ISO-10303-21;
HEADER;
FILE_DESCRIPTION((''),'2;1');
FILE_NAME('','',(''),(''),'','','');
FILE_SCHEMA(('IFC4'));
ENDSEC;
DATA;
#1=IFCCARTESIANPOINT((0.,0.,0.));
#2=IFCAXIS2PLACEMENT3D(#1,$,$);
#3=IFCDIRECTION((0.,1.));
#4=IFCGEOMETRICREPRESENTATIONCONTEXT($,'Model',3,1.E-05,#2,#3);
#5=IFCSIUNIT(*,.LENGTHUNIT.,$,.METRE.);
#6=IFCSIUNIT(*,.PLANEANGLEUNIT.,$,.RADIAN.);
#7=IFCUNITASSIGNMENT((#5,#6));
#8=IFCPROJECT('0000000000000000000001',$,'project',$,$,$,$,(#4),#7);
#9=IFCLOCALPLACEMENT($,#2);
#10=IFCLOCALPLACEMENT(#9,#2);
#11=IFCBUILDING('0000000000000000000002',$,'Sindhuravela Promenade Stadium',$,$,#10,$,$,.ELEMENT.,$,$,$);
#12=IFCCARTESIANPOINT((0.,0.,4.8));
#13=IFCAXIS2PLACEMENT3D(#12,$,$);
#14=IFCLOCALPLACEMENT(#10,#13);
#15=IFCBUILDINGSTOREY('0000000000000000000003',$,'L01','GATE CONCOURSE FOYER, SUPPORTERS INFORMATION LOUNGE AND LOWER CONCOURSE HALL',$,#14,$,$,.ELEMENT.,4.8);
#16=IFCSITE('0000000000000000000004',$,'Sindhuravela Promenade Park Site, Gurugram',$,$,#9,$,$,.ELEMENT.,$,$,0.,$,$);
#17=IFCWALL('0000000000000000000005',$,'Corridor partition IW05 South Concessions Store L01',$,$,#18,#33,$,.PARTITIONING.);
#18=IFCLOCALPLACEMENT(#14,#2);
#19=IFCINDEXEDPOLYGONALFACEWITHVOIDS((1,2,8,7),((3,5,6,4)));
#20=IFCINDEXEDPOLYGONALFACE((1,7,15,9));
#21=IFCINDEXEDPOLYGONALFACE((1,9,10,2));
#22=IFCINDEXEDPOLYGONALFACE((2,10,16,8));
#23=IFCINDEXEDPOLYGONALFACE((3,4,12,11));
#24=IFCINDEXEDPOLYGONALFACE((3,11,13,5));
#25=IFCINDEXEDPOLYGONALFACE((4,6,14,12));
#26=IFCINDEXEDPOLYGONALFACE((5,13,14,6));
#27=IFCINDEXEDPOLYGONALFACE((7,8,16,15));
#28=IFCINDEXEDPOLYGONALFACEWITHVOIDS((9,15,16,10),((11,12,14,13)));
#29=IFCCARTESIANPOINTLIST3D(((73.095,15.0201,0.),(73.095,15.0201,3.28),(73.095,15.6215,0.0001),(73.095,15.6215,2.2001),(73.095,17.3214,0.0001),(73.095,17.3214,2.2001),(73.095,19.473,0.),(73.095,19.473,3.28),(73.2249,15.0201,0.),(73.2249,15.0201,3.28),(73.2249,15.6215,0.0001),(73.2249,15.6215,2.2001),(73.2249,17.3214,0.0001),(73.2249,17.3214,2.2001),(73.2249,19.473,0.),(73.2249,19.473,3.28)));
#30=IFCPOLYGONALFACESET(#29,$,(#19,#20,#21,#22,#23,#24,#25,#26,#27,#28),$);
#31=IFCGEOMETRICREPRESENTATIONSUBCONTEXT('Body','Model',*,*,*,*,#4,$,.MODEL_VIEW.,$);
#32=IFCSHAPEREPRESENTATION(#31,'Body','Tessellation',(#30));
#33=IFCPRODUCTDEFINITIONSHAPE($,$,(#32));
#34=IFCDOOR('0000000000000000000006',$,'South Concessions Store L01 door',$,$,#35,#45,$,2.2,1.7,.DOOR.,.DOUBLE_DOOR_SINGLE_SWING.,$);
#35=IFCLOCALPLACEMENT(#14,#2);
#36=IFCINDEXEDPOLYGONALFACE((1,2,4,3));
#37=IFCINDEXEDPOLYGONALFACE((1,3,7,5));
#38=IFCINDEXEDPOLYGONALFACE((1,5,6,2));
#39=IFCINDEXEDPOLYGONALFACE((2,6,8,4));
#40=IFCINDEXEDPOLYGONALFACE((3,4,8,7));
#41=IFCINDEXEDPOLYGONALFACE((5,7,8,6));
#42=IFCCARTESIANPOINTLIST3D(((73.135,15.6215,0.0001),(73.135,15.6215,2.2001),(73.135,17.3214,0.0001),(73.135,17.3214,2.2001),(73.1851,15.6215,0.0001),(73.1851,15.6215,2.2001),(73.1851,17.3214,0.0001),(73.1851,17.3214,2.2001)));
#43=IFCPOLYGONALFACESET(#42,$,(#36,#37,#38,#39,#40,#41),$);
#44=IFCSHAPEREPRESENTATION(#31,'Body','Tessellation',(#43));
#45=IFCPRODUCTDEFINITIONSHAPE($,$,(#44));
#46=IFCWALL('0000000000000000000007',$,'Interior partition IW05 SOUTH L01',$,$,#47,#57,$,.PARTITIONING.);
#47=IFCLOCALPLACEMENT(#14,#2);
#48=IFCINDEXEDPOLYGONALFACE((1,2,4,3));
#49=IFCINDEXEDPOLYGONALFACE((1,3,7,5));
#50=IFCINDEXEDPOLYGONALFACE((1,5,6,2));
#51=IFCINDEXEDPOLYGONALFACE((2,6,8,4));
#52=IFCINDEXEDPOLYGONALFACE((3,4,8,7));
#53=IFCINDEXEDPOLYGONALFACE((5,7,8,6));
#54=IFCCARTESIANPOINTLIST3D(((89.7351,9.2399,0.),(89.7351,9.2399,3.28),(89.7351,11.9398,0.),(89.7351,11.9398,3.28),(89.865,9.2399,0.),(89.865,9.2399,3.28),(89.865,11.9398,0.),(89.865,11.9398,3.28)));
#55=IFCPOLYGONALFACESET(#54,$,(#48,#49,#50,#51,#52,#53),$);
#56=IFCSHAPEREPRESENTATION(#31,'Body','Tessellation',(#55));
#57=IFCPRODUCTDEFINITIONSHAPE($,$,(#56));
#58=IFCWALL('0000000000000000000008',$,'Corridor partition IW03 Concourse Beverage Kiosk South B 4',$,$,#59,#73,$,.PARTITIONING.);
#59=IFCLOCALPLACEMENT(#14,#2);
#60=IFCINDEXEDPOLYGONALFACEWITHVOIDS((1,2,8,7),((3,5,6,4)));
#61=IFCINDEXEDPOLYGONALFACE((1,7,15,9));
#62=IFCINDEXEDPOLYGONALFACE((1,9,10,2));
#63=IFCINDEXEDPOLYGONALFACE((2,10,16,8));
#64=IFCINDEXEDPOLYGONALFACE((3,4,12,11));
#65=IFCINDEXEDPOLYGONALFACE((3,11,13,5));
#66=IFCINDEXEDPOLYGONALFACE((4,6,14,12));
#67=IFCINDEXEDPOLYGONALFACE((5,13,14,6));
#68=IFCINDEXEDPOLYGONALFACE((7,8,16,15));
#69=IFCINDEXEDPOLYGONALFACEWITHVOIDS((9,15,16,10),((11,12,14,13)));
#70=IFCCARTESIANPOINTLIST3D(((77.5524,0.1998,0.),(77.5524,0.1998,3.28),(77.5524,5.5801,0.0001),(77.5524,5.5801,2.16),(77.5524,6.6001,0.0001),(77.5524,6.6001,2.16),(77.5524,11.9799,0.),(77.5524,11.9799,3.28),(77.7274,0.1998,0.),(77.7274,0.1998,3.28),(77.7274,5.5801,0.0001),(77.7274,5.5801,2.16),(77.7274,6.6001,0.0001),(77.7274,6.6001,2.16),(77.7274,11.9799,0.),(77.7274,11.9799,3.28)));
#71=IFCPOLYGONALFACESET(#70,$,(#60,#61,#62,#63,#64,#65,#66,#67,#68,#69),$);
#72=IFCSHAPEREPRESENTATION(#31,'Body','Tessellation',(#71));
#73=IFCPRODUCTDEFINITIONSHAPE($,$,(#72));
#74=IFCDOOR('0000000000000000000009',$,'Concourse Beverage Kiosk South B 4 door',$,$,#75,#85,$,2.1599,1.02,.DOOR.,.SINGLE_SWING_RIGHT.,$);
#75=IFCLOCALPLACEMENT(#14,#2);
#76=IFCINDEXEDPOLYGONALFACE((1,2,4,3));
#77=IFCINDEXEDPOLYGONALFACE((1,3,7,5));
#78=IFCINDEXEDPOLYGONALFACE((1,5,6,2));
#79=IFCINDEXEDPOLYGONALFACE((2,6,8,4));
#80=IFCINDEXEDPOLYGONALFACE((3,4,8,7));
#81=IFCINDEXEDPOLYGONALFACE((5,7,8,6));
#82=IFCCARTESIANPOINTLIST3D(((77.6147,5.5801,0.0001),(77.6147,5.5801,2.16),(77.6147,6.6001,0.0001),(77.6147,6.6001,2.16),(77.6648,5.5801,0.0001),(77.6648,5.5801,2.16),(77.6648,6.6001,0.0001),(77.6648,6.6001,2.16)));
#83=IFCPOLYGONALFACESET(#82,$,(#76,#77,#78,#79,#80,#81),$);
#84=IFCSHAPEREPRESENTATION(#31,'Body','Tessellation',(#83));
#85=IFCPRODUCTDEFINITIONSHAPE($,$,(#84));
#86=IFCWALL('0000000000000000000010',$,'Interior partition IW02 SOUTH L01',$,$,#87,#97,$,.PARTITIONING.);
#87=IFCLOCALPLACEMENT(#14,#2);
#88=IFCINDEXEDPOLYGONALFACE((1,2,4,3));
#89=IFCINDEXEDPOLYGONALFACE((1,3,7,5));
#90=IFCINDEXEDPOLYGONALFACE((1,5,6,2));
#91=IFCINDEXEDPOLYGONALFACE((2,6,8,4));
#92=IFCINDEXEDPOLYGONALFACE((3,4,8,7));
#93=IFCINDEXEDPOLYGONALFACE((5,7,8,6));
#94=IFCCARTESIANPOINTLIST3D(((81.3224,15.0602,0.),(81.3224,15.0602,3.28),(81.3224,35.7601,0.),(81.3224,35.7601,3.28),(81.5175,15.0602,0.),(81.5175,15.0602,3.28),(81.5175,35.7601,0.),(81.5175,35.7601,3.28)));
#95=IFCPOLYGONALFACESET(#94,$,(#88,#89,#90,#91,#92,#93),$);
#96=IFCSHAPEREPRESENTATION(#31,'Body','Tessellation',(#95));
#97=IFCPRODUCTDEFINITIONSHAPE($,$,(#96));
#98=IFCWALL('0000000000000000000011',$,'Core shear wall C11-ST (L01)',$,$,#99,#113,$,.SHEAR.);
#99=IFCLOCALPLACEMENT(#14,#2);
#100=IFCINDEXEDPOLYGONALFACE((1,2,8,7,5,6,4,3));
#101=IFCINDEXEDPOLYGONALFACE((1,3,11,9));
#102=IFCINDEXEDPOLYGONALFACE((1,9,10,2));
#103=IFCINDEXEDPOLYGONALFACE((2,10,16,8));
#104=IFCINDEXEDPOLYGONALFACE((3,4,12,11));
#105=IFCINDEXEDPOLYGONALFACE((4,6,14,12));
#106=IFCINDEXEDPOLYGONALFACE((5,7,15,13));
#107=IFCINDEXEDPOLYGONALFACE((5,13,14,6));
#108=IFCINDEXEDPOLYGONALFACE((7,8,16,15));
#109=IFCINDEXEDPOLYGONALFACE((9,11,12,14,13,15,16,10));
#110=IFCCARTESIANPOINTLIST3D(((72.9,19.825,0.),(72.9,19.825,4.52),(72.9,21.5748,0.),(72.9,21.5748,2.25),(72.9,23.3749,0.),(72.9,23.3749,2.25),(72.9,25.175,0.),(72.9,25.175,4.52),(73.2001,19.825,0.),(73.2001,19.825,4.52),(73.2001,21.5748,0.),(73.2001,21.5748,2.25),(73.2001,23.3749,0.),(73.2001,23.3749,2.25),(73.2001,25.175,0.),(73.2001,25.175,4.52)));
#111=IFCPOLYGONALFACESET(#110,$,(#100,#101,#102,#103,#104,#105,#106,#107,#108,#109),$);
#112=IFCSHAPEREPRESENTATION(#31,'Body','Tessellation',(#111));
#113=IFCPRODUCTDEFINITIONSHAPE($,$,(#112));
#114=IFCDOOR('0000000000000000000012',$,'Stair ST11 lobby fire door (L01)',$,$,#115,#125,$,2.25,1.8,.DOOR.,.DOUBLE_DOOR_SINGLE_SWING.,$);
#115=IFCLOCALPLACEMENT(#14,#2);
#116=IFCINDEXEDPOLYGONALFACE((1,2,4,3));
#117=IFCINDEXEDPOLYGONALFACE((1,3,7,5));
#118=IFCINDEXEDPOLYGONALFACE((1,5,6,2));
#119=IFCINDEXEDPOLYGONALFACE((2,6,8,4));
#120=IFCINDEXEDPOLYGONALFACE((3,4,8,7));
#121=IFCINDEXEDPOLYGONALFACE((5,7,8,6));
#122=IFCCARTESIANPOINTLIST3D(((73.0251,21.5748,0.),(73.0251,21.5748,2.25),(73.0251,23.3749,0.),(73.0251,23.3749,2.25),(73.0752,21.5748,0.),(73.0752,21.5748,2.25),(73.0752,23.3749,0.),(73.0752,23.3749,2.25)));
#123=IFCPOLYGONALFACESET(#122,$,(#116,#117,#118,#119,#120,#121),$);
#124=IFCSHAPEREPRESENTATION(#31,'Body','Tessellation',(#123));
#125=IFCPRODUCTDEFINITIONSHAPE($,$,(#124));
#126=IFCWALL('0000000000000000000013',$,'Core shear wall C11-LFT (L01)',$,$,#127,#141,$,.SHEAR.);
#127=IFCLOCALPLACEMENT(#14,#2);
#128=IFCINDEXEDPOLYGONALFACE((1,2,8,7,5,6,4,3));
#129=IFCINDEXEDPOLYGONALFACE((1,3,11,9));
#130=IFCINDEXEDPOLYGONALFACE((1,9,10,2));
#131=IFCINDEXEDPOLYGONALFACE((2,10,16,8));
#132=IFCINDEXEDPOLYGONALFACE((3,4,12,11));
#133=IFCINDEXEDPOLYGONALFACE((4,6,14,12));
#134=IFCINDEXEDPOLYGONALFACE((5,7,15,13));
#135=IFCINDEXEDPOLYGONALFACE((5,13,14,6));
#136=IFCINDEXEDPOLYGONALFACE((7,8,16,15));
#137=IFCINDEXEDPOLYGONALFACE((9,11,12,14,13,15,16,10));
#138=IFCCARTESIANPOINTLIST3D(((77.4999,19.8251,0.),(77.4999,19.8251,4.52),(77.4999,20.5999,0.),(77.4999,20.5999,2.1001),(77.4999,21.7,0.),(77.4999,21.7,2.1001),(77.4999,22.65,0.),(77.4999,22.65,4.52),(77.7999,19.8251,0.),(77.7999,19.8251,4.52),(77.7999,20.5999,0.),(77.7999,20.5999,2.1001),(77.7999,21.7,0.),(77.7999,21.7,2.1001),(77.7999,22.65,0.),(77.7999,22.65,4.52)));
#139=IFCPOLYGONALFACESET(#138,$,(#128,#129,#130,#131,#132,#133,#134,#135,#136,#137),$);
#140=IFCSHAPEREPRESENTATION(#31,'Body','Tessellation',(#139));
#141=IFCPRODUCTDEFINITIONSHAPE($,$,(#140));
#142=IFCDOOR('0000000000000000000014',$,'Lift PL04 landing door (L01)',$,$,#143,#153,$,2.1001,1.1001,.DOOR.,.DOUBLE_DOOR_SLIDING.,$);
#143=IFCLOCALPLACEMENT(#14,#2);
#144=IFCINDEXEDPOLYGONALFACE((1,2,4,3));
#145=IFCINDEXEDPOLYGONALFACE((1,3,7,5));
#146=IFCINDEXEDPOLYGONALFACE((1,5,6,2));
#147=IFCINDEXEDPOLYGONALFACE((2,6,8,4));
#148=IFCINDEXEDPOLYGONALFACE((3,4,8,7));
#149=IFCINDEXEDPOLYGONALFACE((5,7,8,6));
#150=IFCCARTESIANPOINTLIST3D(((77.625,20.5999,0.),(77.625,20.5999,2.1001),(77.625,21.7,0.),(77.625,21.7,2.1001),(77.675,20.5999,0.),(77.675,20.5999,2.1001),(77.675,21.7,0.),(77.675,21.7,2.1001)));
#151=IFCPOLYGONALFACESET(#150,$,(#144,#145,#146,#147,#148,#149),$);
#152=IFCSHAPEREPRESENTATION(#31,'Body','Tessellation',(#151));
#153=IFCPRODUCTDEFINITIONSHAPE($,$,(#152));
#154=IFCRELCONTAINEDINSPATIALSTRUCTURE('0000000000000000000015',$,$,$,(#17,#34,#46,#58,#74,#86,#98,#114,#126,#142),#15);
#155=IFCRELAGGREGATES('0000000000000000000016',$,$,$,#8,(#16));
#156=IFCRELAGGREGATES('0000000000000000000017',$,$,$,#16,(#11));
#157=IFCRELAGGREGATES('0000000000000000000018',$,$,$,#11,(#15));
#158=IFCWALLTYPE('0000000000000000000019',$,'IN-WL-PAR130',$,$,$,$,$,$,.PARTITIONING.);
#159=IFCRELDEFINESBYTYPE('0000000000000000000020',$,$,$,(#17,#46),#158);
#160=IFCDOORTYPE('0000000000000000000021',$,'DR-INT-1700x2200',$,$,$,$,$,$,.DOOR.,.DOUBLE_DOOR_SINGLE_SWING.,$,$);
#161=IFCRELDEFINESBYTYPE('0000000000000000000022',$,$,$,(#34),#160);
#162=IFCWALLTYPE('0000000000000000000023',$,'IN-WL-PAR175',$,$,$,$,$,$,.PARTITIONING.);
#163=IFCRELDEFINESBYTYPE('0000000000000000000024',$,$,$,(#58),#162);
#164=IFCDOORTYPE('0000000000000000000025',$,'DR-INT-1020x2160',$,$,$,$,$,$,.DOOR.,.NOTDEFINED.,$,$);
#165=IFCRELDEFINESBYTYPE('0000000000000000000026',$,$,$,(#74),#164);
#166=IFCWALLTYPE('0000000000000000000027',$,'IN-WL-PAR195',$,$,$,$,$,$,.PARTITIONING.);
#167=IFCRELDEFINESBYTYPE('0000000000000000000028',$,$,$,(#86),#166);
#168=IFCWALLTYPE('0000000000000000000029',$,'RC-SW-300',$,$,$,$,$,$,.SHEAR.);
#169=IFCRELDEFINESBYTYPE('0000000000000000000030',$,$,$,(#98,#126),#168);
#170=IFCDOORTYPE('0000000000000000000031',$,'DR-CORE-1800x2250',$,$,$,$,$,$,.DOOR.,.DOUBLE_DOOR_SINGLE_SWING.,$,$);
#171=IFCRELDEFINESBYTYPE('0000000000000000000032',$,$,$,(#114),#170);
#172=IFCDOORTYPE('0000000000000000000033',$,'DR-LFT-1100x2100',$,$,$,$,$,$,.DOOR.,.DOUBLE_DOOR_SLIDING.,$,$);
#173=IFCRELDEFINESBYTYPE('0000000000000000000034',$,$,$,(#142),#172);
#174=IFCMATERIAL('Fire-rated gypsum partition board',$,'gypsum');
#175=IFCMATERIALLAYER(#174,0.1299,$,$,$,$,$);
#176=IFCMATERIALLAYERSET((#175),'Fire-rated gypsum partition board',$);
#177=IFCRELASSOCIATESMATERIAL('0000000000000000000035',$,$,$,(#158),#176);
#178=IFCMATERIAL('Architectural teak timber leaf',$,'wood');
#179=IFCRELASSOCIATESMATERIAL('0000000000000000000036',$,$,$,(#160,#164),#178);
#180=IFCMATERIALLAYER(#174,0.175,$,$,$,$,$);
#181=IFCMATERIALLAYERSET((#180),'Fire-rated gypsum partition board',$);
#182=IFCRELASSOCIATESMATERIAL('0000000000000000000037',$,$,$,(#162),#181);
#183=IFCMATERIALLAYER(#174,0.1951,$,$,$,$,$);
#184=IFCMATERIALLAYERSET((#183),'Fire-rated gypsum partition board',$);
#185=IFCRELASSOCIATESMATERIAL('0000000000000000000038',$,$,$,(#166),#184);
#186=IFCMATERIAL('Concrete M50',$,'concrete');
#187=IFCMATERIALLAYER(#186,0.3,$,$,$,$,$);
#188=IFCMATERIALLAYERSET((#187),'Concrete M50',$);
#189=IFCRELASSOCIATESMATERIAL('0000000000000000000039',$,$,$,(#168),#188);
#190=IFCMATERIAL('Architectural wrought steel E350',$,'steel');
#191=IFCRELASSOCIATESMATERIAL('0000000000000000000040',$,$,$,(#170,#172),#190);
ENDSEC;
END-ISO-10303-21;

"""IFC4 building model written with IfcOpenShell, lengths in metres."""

from ifc_helpers import new_model, si_unit, direction, frame, frame_2d, origin, place, context, subcontext, project, spatial, rectangle, extrude, material, layer, layer_set, type_object, element, fill, save


model = new_model("IFC4")

# Units and contexts
model_context = context("Model", 3, precision=1e-05, world=origin(), true_north=direction((0.0, 1.0)))
body_context = subcontext(model_context, "Body", "Model", "MODEL_VIEW")
ifc_project = project(units=[si_unit("LENGTHUNIT", "METRE"), si_unit("PLANEANGLEUNIT", "RADIAN")], contexts=[model_context])

# Site, building, storey
site_placement = place(None, origin())
site = spatial("IfcSite", under=ifc_project, at=site_placement, Name="Sindhuravela Promenade Park Site, Gurugram", CompositionType="ELEMENT", RefElevation=0.0)
building_placement = place(site_placement, origin())
building = spatial("IfcBuilding", under=site, at=building_placement, Name="Sindhuravela Promenade Stadium", CompositionType="ELEMENT")
storey_placement = place(building_placement, frame((0.0, 0.0, 4.8)))
storey = spatial("IfcBuildingStorey", under=building, at=storey_placement, Name="L01", Description="GATE CONCOURSE FOYER, SUPPORTERS INFORMATION LOUNGE AND LOWER CONCOURSE HALL", CompositionType="ELEMENT", Elevation=4.8)

# Shared definitions
ifc_material_1 = material(Name="Fire-rated gypsum partition board", Category="gypsum")

# Wall, opening, door
ifc_layer_1 = layer(ifc_material_1, 0.1299)
ifc_layer_set_1 = layer_set([ifc_layer_1], Name="Fire-rated gypsum partition board")
wall_type_1 = type_object("IfcWallType", Name="IN-WL-PAR130", PredefinedType="PARTITIONING", material=ifc_layer_set_1)
wall_1_placement = place(storey_placement, frame((73.1599, 15.02, 0.0), z_axis=(0.0, 0.0, 1.0), x_axis=(0.0, 1.0, 0.0)))
wall_1 = element("IfcWall", 1, at=wall_1_placement, inside=storey, type_object=wall_type_1, Name="Corridor partition IW05 South Concessions Store L01", PredefinedType="PARTITIONING", context=body_context, shape_type="SweptSolid", body=[
    extrude(rectangle(XDim=4.4529, YDim=0.1299, at=frame_2d((2.2266, 0.0))), origin(), (0.0, 0.0, 1.0), 3.28),
])
opening_1_placement = place(wall_1_placement, frame((0.6013, 0.0, 0.0)))
opening_1 = element("IfcOpeningElement", 2, at=opening_1_placement, cuts=wall_1, PredefinedType="OPENING", context=body_context, shape_type="SweptSolid", body=[
    extrude(rectangle(XDim=1.7, YDim=2.2, at=frame_2d((0.8501, 1.1001))), frame((0.0, 0.075, 0.0), z_axis=(0.0, -1.0, 0.0), x_axis=(1.0, 0.0, 0.0)), (0.0, 0.0, 1.0), 0.1499),
])
ifc_material_2 = material(Name="Architectural teak timber leaf", Category="wood")
door_type_1 = type_object("IfcDoorType", Name="DR-INT-1700x2200", OperationType="DOUBLE_DOOR_SINGLE_SWING", PredefinedType="DOOR", material=ifc_material_2)
door_1_placement = place(opening_1_placement, origin())
door_1 = element("IfcDoor", 3, at=door_1_placement, inside=storey, type_object=door_type_1, Name="South Concessions Store L01 door", OperationType="DOUBLE_DOOR_SINGLE_SWING", OverallHeight=2.2, OverallWidth=1.7, PredefinedType="DOOR", context=body_context, shape_type="SweptSolid", body=[
    extrude(rectangle(XDim=1.7, YDim=2.2, at=frame_2d((0.8501, 1.1001))), frame((0.0, 0.0249, 0.0), z_axis=(0.0, -1.0, 0.0), x_axis=(1.0, 0.0, 0.0)), (0.0, 0.0, 1.0), 0.05),
])
fill(opening_1, door_1)

# Wall
wall_2_placement = place(storey_placement, frame((89.8, 11.9399, 0.0), z_axis=(0.0, 0.0, 1.0), x_axis=(0.0, -1.0, 0.0)))
element("IfcWall", 4, at=wall_2_placement, inside=storey, type_object=wall_type_1, Name="Interior partition IW05 SOUTH L01", PredefinedType="PARTITIONING", context=body_context, shape_type="SweptSolid", body=[
    extrude(rectangle(XDim=2.7, YDim=0.1299, at=frame_2d((1.3501, 0.0))), origin(), (0.0, 0.0, 1.0), 3.28),
])

# Wall, opening, door
ifc_layer_2 = layer(ifc_material_1, 0.175)
ifc_layer_set_2 = layer_set([ifc_layer_2], Name="Fire-rated gypsum partition board")
wall_type_2 = type_object("IfcWallType", Name="IN-WL-PAR175", PredefinedType="PARTITIONING", material=ifc_layer_set_2)
wall_3_placement = place(storey_placement, frame((77.6399, 11.98, 0.0), z_axis=(0.0, 0.0, 1.0), x_axis=(0.0, -1.0, 0.0)))
wall_3 = element("IfcWall", 5, at=wall_3_placement, inside=storey, type_object=wall_type_2, Name="Corridor partition IW03 Concourse Beverage Kiosk South B 4", PredefinedType="PARTITIONING", context=body_context, shape_type="SweptSolid", body=[
    extrude(rectangle(XDim=11.78, YDim=0.175, at=frame_2d((5.8901, 0.0))), origin(), (0.0, 0.0, 1.0), 3.28),
])
opening_2_placement = place(wall_3_placement, frame((5.3799, 0.0, 0.0)))
opening_2 = element("IfcOpeningElement", 6, at=opening_2_placement, cuts=wall_3, PredefinedType="OPENING", context=body_context, shape_type="SweptSolid", body=[
    extrude(rectangle(XDim=1.02, YDim=2.1599, at=frame_2d((0.51, 1.0801))), frame((0.0, 0.0974, 0.0), z_axis=(0.0, -1.0, 0.0), x_axis=(1.0, 0.0, 0.0)), (0.0, 0.0, 1.0), 0.1951),
])
door_type_2 = type_object("IfcDoorType", Name="DR-INT-1020x2160", OperationType="NOTDEFINED", PredefinedType="DOOR", material=ifc_material_2)
door_2_placement = place(opening_2_placement, origin())
door_2 = element("IfcDoor", 7, at=door_2_placement, inside=storey, type_object=door_type_2, Name="Concourse Beverage Kiosk South B 4 door", OperationType="SINGLE_SWING_RIGHT", OverallHeight=2.1599, OverallWidth=1.02, PredefinedType="DOOR", context=body_context, shape_type="SweptSolid", body=[
    extrude(rectangle(XDim=1.02, YDim=2.1599, at=frame_2d((0.51, 1.0801))), frame((0.0, 0.0249, 0.0), z_axis=(0.0, -1.0, 0.0), x_axis=(1.0, 0.0, 0.0)), (0.0, 0.0, 1.0), 0.05),
])
fill(opening_2, door_2)

# Wall
ifc_layer_3 = layer(ifc_material_1, 0.1951)
ifc_layer_set_3 = layer_set([ifc_layer_3], Name="Fire-rated gypsum partition board")
wall_type_3 = type_object("IfcWallType", Name="IN-WL-PAR195", PredefinedType="PARTITIONING", material=ifc_layer_set_3)
wall_4_placement = place(storey_placement, frame((81.4199, 15.0601, 0.0), z_axis=(0.0, 0.0, 1.0), x_axis=(0.0, 1.0, 0.0)))
element("IfcWall", 8, at=wall_4_placement, inside=storey, type_object=wall_type_3, Name="Interior partition IW02 SOUTH L01", PredefinedType="PARTITIONING", context=body_context, shape_type="SweptSolid", body=[
    extrude(rectangle(XDim=20.7, YDim=0.1951, at=frame_2d((10.3501, 0.0))), origin(), (0.0, 0.0, 1.0), 3.28),
])

# Walls, openings, doors
ifc_material_3 = material(Name="Concrete M50", Category="concrete")
ifc_layer_4 = layer(ifc_material_3, 0.3)
ifc_layer_set_4 = layer_set([ifc_layer_4], Name="Concrete M50")
wall_type_4 = type_object("IfcWallType", Name="RC-SW-300", PredefinedType="SHEAR", material=ifc_layer_set_4)
wall_5_placement = place(storey_placement, frame((73.05, 19.825, 0.0), z_axis=(0.0, 0.0, 1.0), x_axis=(0.0, 1.0, 0.0)))
wall_5 = element("IfcWall", 9, at=wall_5_placement, inside=storey, type_object=wall_type_4, Name="Core shear wall C11-ST (L01)", PredefinedType="SHEAR", context=body_context, shape_type="SweptSolid", body=[
    extrude(rectangle(XDim=5.3501, YDim=0.3, at=frame_2d((2.675, 0.0))), origin(), (0.0, 0.0, 1.0), 4.52),
])
opening_3_placement = place(wall_5_placement, frame((1.75, 0.0, 0.0)))
opening_3 = element("IfcOpeningElement", 10, at=opening_3_placement, cuts=wall_5, PredefinedType="OPENING", context=body_context, shape_type="SweptSolid", body=[
    extrude(rectangle(XDim=1.8, YDim=2.25, at=frame_2d((0.8999, 1.125))), frame((0.0, 0.1599, 0.0), z_axis=(0.0, -1.0, 0.0), x_axis=(1.0, 0.0, 0.0)), (0.0, 0.0, 1.0), 0.3201),
])
ifc_material_4 = material(Name="Architectural wrought steel E350", Category="steel")
door_type_3 = type_object("IfcDoorType", Name="DR-CORE-1800x2250", OperationType="DOUBLE_DOOR_SINGLE_SWING", PredefinedType="DOOR", material=ifc_material_4)
door_3_placement = place(opening_3_placement, origin())
door_3 = element("IfcDoor", 11, at=door_3_placement, inside=storey, type_object=door_type_3, Name="Stair ST11 lobby fire door (L01)", OperationType="DOUBLE_DOOR_SINGLE_SWING", OverallHeight=2.25, OverallWidth=1.8, PredefinedType="DOOR", context=body_context, shape_type="SweptSolid", body=[
    extrude(rectangle(XDim=1.8, YDim=2.25, at=frame_2d((0.8999, 1.125))), frame((0.0, 0.0249, 0.0), z_axis=(0.0, -1.0, 0.0), x_axis=(1.0, 0.0, 0.0)), (0.0, 0.0, 1.0), 0.05),
])
fill(opening_3, door_3)
wall_6_placement = place(storey_placement, frame((77.6499, 19.825, 0.0), z_axis=(0.0, 0.0, 1.0), x_axis=(0.0, 1.0, 0.0)))
wall_6 = element("IfcWall", 12, at=wall_6_placement, inside=storey, type_object=wall_type_4, Name="Core shear wall C11-LFT (L01)", PredefinedType="SHEAR", context=body_context, shape_type="SweptSolid", body=[
    extrude(rectangle(XDim=2.825, YDim=0.3, at=frame_2d((1.4126, 0.0))), origin(), (0.0, 0.0, 1.0), 4.52),
])
opening_4_placement = place(wall_6_placement, frame((0.7749, 0.0, 0.0)))
opening_4 = element("IfcOpeningElement", 13, at=opening_4_placement, cuts=wall_6, PredefinedType="OPENING", context=body_context, shape_type="SweptSolid", body=[
    extrude(rectangle(XDim=1.1001, YDim=2.1001, at=frame_2d((0.55, 1.05))), frame((0.0, 0.1599, 0.0), z_axis=(0.0, -1.0, 0.0), x_axis=(1.0, 0.0, 0.0)), (0.0, 0.0, 1.0), 0.3201),
])
door_type_4 = type_object("IfcDoorType", Name="DR-LFT-1100x2100", OperationType="DOUBLE_DOOR_SLIDING", PredefinedType="DOOR", material=ifc_material_4)
door_4_placement = place(opening_4_placement, origin())
door_4 = element("IfcDoor", 14, at=door_4_placement, inside=storey, type_object=door_type_4, Name="Lift PL04 landing door (L01)", OperationType="DOUBLE_DOOR_SLIDING", OverallHeight=2.1001, OverallWidth=1.1001, PredefinedType="DOOR", context=body_context, shape_type="SweptSolid", body=[
    extrude(rectangle(XDim=1.1001, YDim=2.1001, at=frame_2d((0.55, 1.05))), frame((0.0, 0.0249, 0.0), z_axis=(0.0, -1.0, 0.0), x_axis=(1.0, 0.0, 0.0)), (0.0, 0.0, 1.0), 0.05),
])
fill(opening_4, door_4)

save(model, "model.ifc")
